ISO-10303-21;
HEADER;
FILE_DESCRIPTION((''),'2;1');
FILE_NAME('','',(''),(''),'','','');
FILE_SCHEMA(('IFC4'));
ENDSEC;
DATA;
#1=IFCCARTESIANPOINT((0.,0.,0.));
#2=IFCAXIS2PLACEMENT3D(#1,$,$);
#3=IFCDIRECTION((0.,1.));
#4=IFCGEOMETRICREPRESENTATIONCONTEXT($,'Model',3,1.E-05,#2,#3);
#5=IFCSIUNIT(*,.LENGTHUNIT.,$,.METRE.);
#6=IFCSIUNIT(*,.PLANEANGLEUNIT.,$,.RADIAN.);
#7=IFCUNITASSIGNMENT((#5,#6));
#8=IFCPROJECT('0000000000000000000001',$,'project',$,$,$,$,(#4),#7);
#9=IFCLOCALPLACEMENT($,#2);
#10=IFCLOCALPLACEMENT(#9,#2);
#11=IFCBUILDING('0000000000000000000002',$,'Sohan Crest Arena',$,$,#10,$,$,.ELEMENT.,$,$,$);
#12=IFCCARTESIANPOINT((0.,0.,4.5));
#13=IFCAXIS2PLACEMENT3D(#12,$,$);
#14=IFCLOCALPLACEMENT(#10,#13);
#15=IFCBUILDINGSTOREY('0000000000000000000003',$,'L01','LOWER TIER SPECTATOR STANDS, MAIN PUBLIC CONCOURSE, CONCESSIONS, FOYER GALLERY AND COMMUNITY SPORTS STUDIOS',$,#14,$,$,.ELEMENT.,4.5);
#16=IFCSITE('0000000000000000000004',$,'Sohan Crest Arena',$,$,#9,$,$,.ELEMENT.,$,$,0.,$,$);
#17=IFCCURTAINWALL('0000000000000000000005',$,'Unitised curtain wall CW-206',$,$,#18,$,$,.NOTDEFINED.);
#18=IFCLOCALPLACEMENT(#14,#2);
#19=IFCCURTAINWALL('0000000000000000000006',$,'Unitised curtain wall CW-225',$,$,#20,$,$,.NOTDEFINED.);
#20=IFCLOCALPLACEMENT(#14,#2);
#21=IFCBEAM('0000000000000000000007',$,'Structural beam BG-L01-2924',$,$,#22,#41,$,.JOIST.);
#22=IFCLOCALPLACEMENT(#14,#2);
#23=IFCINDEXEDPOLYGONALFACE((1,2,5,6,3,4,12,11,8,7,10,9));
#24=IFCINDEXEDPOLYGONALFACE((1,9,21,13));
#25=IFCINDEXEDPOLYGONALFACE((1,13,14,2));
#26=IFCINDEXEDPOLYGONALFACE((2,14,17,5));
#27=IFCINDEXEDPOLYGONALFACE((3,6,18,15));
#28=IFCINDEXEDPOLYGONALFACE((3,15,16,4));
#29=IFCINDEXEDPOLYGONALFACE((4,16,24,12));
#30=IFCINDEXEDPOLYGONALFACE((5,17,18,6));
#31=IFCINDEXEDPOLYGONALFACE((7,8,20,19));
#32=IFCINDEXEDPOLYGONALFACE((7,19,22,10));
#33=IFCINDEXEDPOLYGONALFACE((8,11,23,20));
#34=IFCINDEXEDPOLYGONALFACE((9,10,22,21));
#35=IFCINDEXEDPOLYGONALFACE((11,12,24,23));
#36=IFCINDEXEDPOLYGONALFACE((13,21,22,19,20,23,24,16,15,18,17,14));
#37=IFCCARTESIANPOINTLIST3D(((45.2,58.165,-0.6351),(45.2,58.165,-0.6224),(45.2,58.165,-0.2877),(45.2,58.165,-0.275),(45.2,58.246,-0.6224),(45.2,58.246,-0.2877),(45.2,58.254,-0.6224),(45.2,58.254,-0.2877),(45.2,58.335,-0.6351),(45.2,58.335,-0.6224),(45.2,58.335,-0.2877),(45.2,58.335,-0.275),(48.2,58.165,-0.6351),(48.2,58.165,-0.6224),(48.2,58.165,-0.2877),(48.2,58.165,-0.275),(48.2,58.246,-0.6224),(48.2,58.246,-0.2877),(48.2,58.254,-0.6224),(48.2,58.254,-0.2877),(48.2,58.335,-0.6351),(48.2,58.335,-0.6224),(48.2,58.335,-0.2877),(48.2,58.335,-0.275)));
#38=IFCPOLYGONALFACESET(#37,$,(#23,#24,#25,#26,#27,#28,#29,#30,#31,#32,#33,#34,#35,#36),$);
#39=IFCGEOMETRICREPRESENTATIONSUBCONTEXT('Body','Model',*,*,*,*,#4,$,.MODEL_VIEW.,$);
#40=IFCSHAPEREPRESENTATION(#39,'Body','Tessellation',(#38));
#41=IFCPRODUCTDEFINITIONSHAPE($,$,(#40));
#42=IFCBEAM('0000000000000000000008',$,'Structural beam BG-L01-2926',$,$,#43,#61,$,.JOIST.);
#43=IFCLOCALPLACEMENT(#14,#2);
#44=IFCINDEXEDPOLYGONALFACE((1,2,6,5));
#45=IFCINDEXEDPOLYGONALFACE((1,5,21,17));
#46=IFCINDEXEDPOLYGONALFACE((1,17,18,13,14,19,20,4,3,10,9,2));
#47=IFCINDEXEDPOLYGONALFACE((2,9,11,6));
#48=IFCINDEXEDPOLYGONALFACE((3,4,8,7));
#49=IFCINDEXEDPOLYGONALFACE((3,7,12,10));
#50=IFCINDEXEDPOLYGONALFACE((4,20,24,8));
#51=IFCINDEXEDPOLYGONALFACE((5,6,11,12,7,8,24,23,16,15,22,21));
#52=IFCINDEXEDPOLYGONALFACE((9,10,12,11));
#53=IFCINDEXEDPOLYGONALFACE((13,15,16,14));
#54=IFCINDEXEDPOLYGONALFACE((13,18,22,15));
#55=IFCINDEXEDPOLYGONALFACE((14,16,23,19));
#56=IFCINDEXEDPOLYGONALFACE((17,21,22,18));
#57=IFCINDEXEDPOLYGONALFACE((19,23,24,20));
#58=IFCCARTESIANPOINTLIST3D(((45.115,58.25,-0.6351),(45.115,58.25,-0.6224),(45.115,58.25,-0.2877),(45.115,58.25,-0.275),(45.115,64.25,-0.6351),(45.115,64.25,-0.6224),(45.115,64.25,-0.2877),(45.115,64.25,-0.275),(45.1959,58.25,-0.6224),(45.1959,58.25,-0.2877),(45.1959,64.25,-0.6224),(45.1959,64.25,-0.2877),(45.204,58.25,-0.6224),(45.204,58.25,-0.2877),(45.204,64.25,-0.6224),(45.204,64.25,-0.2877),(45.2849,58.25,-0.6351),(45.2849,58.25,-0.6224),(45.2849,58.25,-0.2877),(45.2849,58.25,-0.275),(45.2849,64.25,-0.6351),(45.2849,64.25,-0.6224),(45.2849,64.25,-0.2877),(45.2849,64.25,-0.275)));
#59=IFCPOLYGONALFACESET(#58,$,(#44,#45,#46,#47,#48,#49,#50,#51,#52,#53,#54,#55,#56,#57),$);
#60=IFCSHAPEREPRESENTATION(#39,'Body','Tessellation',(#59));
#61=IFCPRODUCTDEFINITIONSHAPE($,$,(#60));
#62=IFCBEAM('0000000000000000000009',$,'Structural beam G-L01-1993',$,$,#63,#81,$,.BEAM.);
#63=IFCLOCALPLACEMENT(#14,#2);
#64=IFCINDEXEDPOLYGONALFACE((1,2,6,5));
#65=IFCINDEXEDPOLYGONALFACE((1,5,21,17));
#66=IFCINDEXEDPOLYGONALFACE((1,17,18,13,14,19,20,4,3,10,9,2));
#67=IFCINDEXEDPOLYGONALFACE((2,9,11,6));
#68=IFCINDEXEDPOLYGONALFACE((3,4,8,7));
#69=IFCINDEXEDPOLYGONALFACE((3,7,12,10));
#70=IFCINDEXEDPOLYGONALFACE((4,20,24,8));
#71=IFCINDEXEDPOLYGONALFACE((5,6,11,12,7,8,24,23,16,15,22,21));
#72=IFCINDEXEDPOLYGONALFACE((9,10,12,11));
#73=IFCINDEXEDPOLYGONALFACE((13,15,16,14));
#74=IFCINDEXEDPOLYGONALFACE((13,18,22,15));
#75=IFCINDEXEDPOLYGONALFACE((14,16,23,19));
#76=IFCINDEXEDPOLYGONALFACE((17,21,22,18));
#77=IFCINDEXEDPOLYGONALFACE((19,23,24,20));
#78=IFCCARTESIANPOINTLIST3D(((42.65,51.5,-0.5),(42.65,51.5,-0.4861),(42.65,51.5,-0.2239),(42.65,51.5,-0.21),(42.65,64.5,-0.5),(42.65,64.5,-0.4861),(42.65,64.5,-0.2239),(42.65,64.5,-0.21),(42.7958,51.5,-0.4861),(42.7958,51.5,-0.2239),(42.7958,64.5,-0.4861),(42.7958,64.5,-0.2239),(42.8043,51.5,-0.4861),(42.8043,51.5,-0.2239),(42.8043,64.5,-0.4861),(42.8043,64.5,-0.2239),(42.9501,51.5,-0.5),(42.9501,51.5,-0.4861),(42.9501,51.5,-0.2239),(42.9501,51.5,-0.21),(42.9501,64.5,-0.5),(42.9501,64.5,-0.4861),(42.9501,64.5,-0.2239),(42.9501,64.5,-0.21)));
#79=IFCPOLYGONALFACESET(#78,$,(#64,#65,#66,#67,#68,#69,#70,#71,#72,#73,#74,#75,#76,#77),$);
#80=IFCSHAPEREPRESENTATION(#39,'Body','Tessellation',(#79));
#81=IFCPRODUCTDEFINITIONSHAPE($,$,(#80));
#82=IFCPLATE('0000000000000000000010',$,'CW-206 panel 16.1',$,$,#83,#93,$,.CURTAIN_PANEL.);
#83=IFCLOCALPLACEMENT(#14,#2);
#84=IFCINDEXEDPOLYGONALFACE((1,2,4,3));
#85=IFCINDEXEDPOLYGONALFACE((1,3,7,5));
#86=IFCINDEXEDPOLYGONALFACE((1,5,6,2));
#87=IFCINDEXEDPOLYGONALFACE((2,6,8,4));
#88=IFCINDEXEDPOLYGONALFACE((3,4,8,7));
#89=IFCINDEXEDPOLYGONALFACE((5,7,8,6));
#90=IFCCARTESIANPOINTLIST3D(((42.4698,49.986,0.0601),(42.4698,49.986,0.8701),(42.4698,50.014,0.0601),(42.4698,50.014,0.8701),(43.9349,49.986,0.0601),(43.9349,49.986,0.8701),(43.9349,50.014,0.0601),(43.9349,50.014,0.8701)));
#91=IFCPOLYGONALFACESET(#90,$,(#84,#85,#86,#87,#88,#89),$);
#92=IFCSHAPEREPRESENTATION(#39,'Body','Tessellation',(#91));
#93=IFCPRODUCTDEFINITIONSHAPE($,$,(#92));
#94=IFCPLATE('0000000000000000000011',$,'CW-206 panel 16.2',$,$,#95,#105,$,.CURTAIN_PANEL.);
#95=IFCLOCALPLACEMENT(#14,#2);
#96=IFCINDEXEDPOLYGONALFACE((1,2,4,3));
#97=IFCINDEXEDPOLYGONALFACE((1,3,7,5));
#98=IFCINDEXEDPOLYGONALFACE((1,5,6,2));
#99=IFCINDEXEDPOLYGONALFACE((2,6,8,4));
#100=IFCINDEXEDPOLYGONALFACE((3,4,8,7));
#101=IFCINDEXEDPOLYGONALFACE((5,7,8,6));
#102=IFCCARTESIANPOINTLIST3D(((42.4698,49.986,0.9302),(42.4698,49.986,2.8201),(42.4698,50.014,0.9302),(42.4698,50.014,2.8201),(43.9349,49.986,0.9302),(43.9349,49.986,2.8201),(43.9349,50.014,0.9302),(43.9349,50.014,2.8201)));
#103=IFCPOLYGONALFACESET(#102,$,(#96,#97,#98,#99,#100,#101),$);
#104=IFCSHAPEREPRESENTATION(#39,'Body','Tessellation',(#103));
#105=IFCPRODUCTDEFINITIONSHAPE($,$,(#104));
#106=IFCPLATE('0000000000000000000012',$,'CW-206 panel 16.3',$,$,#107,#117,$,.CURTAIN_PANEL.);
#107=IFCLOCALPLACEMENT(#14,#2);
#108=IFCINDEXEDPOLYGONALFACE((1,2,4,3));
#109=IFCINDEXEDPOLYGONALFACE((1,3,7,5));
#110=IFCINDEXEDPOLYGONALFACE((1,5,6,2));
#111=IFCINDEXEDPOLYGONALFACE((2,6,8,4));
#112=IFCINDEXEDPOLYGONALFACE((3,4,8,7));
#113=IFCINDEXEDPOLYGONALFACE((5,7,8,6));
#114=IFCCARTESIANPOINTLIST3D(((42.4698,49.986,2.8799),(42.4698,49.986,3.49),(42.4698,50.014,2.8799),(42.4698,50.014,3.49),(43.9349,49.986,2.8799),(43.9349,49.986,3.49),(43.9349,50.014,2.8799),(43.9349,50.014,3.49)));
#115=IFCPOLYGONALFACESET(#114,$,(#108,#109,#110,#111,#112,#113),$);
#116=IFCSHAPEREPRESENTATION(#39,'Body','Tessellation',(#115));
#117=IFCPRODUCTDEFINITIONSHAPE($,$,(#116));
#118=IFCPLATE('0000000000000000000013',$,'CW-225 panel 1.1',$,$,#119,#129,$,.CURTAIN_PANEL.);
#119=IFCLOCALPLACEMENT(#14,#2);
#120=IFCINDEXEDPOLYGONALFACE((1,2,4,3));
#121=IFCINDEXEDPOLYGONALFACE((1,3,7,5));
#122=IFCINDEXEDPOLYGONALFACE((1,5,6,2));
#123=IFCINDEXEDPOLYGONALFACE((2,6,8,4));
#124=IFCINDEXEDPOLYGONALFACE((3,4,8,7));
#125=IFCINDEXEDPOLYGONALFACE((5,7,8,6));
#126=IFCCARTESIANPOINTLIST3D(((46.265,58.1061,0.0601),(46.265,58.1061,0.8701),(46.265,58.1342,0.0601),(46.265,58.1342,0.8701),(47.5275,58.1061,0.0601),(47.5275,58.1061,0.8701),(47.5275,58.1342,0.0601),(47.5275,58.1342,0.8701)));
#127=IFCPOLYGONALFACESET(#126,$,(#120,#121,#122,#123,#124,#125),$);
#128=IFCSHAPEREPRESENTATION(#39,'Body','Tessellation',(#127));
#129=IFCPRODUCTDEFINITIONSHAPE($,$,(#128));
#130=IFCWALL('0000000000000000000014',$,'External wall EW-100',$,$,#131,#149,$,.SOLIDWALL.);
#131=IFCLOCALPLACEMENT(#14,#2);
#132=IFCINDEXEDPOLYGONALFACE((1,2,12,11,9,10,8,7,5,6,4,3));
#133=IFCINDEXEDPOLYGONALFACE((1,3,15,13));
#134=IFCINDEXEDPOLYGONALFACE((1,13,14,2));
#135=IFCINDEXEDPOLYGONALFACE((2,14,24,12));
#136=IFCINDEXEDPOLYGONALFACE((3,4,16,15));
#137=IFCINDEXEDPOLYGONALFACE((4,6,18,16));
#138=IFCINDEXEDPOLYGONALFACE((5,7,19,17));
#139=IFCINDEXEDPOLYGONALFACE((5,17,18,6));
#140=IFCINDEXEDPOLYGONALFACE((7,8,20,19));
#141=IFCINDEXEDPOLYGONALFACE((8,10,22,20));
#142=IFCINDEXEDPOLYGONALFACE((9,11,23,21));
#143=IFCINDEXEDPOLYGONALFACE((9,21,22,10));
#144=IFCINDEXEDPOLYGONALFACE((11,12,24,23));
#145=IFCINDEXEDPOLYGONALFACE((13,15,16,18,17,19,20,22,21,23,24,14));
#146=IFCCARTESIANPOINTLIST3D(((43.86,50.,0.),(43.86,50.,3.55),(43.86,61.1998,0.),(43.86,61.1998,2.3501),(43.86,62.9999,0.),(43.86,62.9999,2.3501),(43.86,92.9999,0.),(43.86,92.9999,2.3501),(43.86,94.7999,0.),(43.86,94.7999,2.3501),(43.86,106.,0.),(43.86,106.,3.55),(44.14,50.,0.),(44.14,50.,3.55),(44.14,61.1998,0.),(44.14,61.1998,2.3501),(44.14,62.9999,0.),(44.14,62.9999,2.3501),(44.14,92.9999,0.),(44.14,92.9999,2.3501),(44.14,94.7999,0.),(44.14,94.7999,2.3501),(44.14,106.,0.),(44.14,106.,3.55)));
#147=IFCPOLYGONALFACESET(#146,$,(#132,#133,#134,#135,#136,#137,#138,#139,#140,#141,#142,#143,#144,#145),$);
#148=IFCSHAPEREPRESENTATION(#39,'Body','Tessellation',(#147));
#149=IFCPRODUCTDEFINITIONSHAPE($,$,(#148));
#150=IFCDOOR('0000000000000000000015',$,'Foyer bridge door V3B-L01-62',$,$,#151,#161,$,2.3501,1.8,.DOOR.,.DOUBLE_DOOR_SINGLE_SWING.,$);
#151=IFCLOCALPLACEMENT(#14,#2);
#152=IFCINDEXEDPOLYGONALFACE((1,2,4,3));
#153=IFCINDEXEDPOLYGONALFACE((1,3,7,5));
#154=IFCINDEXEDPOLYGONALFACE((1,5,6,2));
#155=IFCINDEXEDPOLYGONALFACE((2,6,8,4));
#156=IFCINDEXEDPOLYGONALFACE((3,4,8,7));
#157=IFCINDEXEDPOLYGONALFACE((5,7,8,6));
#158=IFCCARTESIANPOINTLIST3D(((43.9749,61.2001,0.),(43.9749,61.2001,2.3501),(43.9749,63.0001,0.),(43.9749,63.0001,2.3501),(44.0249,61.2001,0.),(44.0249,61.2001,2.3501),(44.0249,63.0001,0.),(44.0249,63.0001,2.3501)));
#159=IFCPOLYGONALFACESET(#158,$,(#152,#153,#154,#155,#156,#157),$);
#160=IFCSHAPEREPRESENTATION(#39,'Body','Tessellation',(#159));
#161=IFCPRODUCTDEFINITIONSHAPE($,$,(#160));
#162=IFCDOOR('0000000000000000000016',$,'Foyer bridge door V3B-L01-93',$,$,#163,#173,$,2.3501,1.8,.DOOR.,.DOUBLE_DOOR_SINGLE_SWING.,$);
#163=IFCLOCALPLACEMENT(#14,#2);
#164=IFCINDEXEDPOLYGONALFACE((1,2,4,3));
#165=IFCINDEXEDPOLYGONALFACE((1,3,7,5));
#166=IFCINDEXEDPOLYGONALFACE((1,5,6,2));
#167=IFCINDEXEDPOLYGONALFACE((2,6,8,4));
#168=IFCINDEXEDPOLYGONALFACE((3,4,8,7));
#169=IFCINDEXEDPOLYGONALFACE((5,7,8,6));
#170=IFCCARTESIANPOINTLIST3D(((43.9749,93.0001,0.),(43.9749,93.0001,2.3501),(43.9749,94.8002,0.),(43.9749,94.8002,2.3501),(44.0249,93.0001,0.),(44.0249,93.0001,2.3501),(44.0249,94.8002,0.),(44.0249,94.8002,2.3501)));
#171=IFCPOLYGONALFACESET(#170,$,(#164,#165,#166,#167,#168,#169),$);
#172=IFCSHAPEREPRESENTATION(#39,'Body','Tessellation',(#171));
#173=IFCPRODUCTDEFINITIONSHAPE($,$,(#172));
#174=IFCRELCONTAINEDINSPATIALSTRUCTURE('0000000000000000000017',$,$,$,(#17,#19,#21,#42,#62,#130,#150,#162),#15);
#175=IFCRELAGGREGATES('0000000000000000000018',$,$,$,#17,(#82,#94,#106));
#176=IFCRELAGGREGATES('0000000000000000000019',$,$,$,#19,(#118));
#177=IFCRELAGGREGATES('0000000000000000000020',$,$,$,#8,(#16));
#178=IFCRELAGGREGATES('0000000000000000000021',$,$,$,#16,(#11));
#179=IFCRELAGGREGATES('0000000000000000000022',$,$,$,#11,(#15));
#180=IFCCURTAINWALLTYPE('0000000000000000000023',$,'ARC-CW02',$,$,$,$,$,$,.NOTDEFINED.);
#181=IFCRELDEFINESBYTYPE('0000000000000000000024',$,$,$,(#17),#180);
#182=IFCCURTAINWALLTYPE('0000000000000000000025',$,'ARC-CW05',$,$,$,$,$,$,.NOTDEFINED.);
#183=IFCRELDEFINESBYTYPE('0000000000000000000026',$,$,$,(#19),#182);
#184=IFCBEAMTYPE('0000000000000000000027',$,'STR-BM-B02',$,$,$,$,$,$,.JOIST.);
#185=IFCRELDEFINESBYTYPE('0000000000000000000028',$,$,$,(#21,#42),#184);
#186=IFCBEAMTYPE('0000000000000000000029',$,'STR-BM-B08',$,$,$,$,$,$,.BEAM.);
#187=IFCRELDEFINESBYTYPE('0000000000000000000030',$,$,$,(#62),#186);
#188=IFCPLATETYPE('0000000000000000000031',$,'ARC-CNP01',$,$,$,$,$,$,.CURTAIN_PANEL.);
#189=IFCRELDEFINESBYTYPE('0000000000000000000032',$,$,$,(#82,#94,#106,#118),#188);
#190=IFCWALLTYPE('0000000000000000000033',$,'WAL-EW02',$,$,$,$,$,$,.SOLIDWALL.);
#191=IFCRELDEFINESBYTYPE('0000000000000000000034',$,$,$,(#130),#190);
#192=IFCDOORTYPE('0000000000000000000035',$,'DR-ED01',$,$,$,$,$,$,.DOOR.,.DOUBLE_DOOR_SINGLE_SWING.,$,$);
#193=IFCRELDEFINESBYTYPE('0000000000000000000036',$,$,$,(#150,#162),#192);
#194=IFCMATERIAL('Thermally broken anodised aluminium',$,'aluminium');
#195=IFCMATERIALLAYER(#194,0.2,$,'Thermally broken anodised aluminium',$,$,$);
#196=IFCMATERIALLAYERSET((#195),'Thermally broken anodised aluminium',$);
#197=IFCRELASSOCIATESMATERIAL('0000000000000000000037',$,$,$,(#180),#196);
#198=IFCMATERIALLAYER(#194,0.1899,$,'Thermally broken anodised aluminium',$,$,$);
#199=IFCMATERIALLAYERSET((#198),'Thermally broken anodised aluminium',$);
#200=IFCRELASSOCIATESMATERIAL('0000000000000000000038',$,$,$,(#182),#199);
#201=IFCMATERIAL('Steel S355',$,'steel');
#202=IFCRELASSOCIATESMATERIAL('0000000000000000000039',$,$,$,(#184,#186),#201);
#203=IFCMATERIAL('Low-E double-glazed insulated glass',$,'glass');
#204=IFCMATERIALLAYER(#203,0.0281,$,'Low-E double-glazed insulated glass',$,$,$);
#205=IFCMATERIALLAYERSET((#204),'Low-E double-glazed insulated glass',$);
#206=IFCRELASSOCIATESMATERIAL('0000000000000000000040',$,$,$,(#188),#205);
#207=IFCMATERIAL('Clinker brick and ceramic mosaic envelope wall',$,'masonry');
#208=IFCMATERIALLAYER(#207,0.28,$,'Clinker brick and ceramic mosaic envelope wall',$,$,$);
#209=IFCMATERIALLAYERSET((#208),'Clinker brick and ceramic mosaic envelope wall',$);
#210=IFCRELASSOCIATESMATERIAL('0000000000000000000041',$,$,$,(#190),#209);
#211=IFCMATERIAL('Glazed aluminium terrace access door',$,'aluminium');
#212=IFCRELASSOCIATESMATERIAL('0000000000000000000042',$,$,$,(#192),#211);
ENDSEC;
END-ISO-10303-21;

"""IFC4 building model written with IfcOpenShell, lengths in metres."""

from ifc_helpers import new_model, si_unit, direction, frame, frame_2d, origin, origin_2d, place, context, subcontext, project, spatial, rectangle, i_section, extrude, material, layer, layer_set, material_profile, profile_set, type_object, element, fill, aggregate, save


model = new_model("IFC4")

# Units and contexts
model_context = context("Model", 3, precision=1e-05, world=origin(), true_north=direction((0.0, 1.0)))
body_context = subcontext(model_context, "Body", "Model", "MODEL_VIEW")
ifc_project = project(units=[si_unit("LENGTHUNIT", "METRE"), si_unit("PLANEANGLEUNIT", "RADIAN")], contexts=[model_context])

# Site, building, storey
site_placement = place(None, origin())
site = spatial("IfcSite", under=ifc_project, at=site_placement, Name="Sohan Crest Arena", CompositionType="ELEMENT", RefElevation=0.0)
building_placement = place(site_placement, origin())
building = spatial("IfcBuilding", under=site, at=building_placement, Name="Sohan Crest Arena", CompositionType="ELEMENT")
storey_placement = place(building_placement, frame((0.0, 0.0, 4.5)))
storey = spatial("IfcBuildingStorey", under=building, at=storey_placement, Name="L01", Description="LOWER TIER SPECTATOR STANDS, MAIN PUBLIC CONCOURSE, CONCESSIONS, FOYER GALLERY AND COMMUNITY SPORTS STUDIOS", CompositionType="ELEMENT", Elevation=4.5)

# Shared definitions
ifc_material_1 = material(Name="Steel S355", Category="steel")

# Curtain walls
ifc_material_2 = material(Name="Thermally broken anodised aluminium", Category="aluminium")
ifc_layer_1 = layer(ifc_material_2, 0.2, Name="Thermally broken anodised aluminium")
ifc_layer_set_1 = layer_set([ifc_layer_1], Name="Thermally broken anodised aluminium")
curtain_wall_type_1 = type_object("IfcCurtainWallType", Name="ARC-CW02", PredefinedType="NOTDEFINED", material=ifc_layer_set_1)
curtain_wall_1_placement = place(storey_placement, origin())
curtain_wall_1 = element("IfcCurtainWall", 1, at=curtain_wall_1_placement, inside=storey, type_object=curtain_wall_type_1, Name="Unitised curtain wall CW-206", PredefinedType="NOTDEFINED")
ifc_layer_2 = layer(ifc_material_2, 0.1899, Name="Thermally broken anodised aluminium")
ifc_layer_set_2 = layer_set([ifc_layer_2], Name="Thermally broken anodised aluminium")
curtain_wall_type_2 = type_object("IfcCurtainWallType", Name="ARC-CW05", PredefinedType="NOTDEFINED", material=ifc_layer_set_2)
curtain_wall_2_placement = place(storey_placement, origin())
curtain_wall_2 = element("IfcCurtainWall", 2, at=curtain_wall_2_placement, inside=storey, type_object=curtain_wall_type_2, Name="Unitised curtain wall CW-225", PredefinedType="NOTDEFINED")

# Beams
ifc_material_profile_1 = material_profile(ifc_material_1, i_section(OverallWidth=0.1699, OverallDepth=0.3601, WebThickness=0.0081, FlangeThickness=0.0127, at=origin_2d()), Name="IPE 360")
ifc_profile_set_1 = profile_set([ifc_material_profile_1], Name="Steel S355")
beam_type_1 = type_object("IfcBeamType", Name="STR-BM-B02", PredefinedType="JOIST", material=ifc_profile_set_1)
beam_1_placement = place(storey_placement, frame((45.2, 58.25, -0.4551), z_axis=(1.0, 0.0, 0.0), x_axis=(0.0, 1.0, 0.0)))
element("IfcBeam", 3, at=beam_1_placement, inside=storey, type_object=beam_type_1, Name="Structural beam BG-L01-2924", PredefinedType="JOIST", context=body_context, shape_type="SweptSolid", body=[
    extrude(i_section(OverallWidth=0.1699, OverallDepth=0.3601, WebThickness=0.0081, FlangeThickness=0.0127, at=origin_2d()), origin(), (0.0, 0.0, 1.0), 3.0),
])
beam_2_placement = place(storey_placement, frame((45.2, 58.25, -0.4551), z_axis=(0.0, 1.0, 0.0), x_axis=(-1.0, 0.0, 0.0)))
element("IfcBeam", 4, at=beam_2_placement, inside=storey, type_object=beam_type_1, Name="Structural beam BG-L01-2926", PredefinedType="JOIST", context=body_context, shape_type="SweptSolid", body=[
    extrude(i_section(OverallWidth=0.1699, OverallDepth=0.3601, WebThickness=0.0081, FlangeThickness=0.0127, at=origin_2d()), origin(), (0.0, 0.0, 1.0), 6.0),
])
ifc_material_profile_2 = material_profile(ifc_material_1, i_section(OverallWidth=0.3, OverallDepth=0.29, WebThickness=0.0085, FlangeThickness=0.0139, at=origin_2d()), Name="HEA 300")
ifc_profile_set_2 = profile_set([ifc_material_profile_2], Name="Steel S355")
beam_type_2 = type_object("IfcBeamType", Name="STR-BM-B08", PredefinedType="BEAM", material=ifc_profile_set_2)
beam_3_placement = place(storey_placement, frame((42.8, 51.5, -0.355), z_axis=(0.0, 1.0, 0.0), x_axis=(-1.0, 0.0, 0.0)))
element("IfcBeam", 5, at=beam_3_placement, inside=storey, type_object=beam_type_2, Name="Structural beam G-L01-1993", PredefinedType="BEAM", context=body_context, shape_type="SweptSolid", body=[
    extrude(i_section(OverallWidth=0.3, OverallDepth=0.29, WebThickness=0.0085, FlangeThickness=0.0139, at=origin_2d()), origin(), (0.0, 0.0, 1.0), 13.0),
])

# Plates
ifc_material_3 = material(Name="Low-E double-glazed insulated glass", Category="glass")
ifc_layer_3 = layer(ifc_material_3, 0.0281, Name="Low-E double-glazed insulated glass")
ifc_layer_set_3 = layer_set([ifc_layer_3], Name="Low-E double-glazed insulated glass")
plate_type = type_object("IfcPlateType", Name="ARC-CNP01", PredefinedType="CURTAIN_PANEL", material=ifc_layer_set_3)
plate_1_placement = place(storey_placement, frame((43.2024, 50.0, 0.0601), z_axis=(0.0, 0.0, 1.0), x_axis=(1.0, 0.0, 0.0)))
plate_1 = element("IfcPlate", 6, at=plate_1_placement, type_object=plate_type, Name="CW-206 panel 16.1", PredefinedType="CURTAIN_PANEL", context=body_context, shape_type="SweptSolid", body=[
    extrude(rectangle(XDim=1.4651, YDim=0.0281, at=origin_2d()), origin(), (0.0, 0.0, 1.0), 0.8101),
])
plate_2_placement = place(storey_placement, frame((43.2024, 50.0, 0.9302), z_axis=(0.0, 0.0, 1.0), x_axis=(1.0, 0.0, 0.0)))
plate_2 = element("IfcPlate", 7, at=plate_2_placement, type_object=plate_type, Name="CW-206 panel 16.2", PredefinedType="CURTAIN_PANEL", context=body_context, shape_type="SweptSolid", body=[
    extrude(rectangle(XDim=1.4651, YDim=0.0281, at=origin_2d()), origin(), (0.0, 0.0, 1.0), 1.8899),
])
plate_3_placement = place(storey_placement, frame((43.2024, 50.0, 2.8799), z_axis=(0.0, 0.0, 1.0), x_axis=(1.0, 0.0, 0.0)))
plate_3 = element("IfcPlate", 8, at=plate_3_placement, type_object=plate_type, Name="CW-206 panel 16.3", PredefinedType="CURTAIN_PANEL", context=body_context, shape_type="SweptSolid", body=[
    extrude(rectangle(XDim=1.4651, YDim=0.0281, at=origin_2d()), origin(), (0.0, 0.0, 1.0), 0.6101),
])
aggregate(curtain_wall_1, [plate_1, plate_2, plate_3])
plate_4_placement = place(storey_placement, frame((46.8962, 58.1201, 0.0601), z_axis=(0.0, 0.0, 1.0), x_axis=(1.0, 0.0, 0.0)))
plate_4 = element("IfcPlate", 9, at=plate_4_placement, type_object=plate_type, Name="CW-225 panel 1.1", PredefinedType="CURTAIN_PANEL", context=body_context, shape_type="SweptSolid", body=[
    extrude(rectangle(XDim=1.2625, YDim=0.0281, at=origin_2d()), origin(), (0.0, 0.0, 1.0), 0.8101),
])
aggregate(curtain_wall_2, [plate_4])

# Wall, openings, doors
ifc_material_4 = material(Name="Clinker brick and ceramic mosaic envelope wall", Category="masonry")
ifc_layer_4 = layer(ifc_material_4, 0.28, Name="Clinker brick and ceramic mosaic envelope wall")
ifc_layer_set_4 = layer_set([ifc_layer_4], Name="Clinker brick and ceramic mosaic envelope wall")
wall_type_1 = type_object("IfcWallType", Name="WAL-EW02", PredefinedType="SOLIDWALL", material=ifc_layer_set_4)
wall_1_placement = place(storey_placement, frame((44.0, 50.0, 0.0), z_axis=(0.0, 0.0, 1.0), x_axis=(0.0, 1.0, 0.0)))
wall_1 = element("IfcWall", 10, at=wall_1_placement, inside=storey, type_object=wall_type_1, Name="External wall EW-100", PredefinedType="SOLIDWALL", context=body_context, shape_type="SweptSolid", body=[
    extrude(rectangle(XDim=56.0, YDim=0.28, at=frame_2d((28.0, 0.0))), origin(), (0.0, 0.0, 1.0), 3.55),
])
opening_1_placement = place(wall_1_placement, frame((11.2, 0.0, 0.0)))
opening_1 = element("IfcOpeningElement", 11, at=opening_1_placement, cuts=wall_1, PredefinedType="OPENING", context=body_context, shape_type="SweptSolid", body=[
    extrude(rectangle(XDim=1.8, YDim=2.3501, at=frame_2d((0.8999, 1.175))), frame((0.0, 0.1499, 0.0), z_axis=(0.0, -1.0, 0.0), x_axis=(1.0, 0.0, 0.0)), (0.0, 0.0, 1.0), 0.3),
])
opening_2_placement = place(wall_1_placement, frame((43.0, 0.0, 0.0)))
opening_2 = element("IfcOpeningElement", 12, at=opening_2_placement, cuts=wall_1, PredefinedType="OPENING", context=body_context, shape_type="SweptSolid", body=[
    extrude(rectangle(XDim=1.8, YDim=2.3501, at=frame_2d((0.8999, 1.175))), frame((0.0, 0.1499, 0.0), z_axis=(0.0, -1.0, 0.0), x_axis=(1.0, 0.0, 0.0)), (0.0, 0.0, 1.0), 0.3),
])
ifc_material_5 = material(Name="Glazed aluminium terrace access door", Category="aluminium")
door_type = type_object("IfcDoorType", Name="DR-ED01", OperationType="DOUBLE_DOOR_SINGLE_SWING", PredefinedType="DOOR", material=ifc_material_5)
door_1_placement = place(opening_1_placement, frame((1.8, 0.0, 0.0), z_axis=(0.0, 0.0, 1.0), x_axis=(-1.0, 0.0, 0.0)))
door_1 = element("IfcDoor", 13, at=door_1_placement, inside=storey, type_object=door_type, Name="Foyer bridge door V3B-L01-62", OperationType="DOUBLE_DOOR_SINGLE_SWING", OverallHeight=2.3501, OverallWidth=1.8, PredefinedType="DOOR", context=body_context, shape_type="SweptSolid", body=[
    extrude(rectangle(XDim=1.8, YDim=2.3501, at=frame_2d((0.8999, 1.175))), frame((0.0, 0.0249, 0.0), z_axis=(0.0, -1.0, 0.0), x_axis=(1.0, 0.0, 0.0)), (0.0, 0.0, 1.0), 0.05),
])
fill(opening_1, door_1)
door_2_placement = place(opening_2_placement, frame((1.8, 0.0, 0.0), z_axis=(0.0, 0.0, 1.0), x_axis=(-1.0, 0.0, 0.0)))
door_2 = element("IfcDoor", 14, at=door_2_placement, inside=storey, type_object=door_type, Name="Foyer bridge door V3B-L01-93", OperationType="DOUBLE_DOOR_SINGLE_SWING", OverallHeight=2.3501, OverallWidth=1.8, PredefinedType="DOOR", context=body_context, shape_type="SweptSolid", body=[
    extrude(rectangle(XDim=1.8, YDim=2.3501, at=frame_2d((0.8999, 1.175))), frame((0.0, 0.0249, 0.0), z_axis=(0.0, -1.0, 0.0), x_axis=(1.0, 0.0, 0.0)), (0.0, 0.0, 1.0), 0.05),
])
fill(opening_2, door_2)

save(model, "model.ifc")
